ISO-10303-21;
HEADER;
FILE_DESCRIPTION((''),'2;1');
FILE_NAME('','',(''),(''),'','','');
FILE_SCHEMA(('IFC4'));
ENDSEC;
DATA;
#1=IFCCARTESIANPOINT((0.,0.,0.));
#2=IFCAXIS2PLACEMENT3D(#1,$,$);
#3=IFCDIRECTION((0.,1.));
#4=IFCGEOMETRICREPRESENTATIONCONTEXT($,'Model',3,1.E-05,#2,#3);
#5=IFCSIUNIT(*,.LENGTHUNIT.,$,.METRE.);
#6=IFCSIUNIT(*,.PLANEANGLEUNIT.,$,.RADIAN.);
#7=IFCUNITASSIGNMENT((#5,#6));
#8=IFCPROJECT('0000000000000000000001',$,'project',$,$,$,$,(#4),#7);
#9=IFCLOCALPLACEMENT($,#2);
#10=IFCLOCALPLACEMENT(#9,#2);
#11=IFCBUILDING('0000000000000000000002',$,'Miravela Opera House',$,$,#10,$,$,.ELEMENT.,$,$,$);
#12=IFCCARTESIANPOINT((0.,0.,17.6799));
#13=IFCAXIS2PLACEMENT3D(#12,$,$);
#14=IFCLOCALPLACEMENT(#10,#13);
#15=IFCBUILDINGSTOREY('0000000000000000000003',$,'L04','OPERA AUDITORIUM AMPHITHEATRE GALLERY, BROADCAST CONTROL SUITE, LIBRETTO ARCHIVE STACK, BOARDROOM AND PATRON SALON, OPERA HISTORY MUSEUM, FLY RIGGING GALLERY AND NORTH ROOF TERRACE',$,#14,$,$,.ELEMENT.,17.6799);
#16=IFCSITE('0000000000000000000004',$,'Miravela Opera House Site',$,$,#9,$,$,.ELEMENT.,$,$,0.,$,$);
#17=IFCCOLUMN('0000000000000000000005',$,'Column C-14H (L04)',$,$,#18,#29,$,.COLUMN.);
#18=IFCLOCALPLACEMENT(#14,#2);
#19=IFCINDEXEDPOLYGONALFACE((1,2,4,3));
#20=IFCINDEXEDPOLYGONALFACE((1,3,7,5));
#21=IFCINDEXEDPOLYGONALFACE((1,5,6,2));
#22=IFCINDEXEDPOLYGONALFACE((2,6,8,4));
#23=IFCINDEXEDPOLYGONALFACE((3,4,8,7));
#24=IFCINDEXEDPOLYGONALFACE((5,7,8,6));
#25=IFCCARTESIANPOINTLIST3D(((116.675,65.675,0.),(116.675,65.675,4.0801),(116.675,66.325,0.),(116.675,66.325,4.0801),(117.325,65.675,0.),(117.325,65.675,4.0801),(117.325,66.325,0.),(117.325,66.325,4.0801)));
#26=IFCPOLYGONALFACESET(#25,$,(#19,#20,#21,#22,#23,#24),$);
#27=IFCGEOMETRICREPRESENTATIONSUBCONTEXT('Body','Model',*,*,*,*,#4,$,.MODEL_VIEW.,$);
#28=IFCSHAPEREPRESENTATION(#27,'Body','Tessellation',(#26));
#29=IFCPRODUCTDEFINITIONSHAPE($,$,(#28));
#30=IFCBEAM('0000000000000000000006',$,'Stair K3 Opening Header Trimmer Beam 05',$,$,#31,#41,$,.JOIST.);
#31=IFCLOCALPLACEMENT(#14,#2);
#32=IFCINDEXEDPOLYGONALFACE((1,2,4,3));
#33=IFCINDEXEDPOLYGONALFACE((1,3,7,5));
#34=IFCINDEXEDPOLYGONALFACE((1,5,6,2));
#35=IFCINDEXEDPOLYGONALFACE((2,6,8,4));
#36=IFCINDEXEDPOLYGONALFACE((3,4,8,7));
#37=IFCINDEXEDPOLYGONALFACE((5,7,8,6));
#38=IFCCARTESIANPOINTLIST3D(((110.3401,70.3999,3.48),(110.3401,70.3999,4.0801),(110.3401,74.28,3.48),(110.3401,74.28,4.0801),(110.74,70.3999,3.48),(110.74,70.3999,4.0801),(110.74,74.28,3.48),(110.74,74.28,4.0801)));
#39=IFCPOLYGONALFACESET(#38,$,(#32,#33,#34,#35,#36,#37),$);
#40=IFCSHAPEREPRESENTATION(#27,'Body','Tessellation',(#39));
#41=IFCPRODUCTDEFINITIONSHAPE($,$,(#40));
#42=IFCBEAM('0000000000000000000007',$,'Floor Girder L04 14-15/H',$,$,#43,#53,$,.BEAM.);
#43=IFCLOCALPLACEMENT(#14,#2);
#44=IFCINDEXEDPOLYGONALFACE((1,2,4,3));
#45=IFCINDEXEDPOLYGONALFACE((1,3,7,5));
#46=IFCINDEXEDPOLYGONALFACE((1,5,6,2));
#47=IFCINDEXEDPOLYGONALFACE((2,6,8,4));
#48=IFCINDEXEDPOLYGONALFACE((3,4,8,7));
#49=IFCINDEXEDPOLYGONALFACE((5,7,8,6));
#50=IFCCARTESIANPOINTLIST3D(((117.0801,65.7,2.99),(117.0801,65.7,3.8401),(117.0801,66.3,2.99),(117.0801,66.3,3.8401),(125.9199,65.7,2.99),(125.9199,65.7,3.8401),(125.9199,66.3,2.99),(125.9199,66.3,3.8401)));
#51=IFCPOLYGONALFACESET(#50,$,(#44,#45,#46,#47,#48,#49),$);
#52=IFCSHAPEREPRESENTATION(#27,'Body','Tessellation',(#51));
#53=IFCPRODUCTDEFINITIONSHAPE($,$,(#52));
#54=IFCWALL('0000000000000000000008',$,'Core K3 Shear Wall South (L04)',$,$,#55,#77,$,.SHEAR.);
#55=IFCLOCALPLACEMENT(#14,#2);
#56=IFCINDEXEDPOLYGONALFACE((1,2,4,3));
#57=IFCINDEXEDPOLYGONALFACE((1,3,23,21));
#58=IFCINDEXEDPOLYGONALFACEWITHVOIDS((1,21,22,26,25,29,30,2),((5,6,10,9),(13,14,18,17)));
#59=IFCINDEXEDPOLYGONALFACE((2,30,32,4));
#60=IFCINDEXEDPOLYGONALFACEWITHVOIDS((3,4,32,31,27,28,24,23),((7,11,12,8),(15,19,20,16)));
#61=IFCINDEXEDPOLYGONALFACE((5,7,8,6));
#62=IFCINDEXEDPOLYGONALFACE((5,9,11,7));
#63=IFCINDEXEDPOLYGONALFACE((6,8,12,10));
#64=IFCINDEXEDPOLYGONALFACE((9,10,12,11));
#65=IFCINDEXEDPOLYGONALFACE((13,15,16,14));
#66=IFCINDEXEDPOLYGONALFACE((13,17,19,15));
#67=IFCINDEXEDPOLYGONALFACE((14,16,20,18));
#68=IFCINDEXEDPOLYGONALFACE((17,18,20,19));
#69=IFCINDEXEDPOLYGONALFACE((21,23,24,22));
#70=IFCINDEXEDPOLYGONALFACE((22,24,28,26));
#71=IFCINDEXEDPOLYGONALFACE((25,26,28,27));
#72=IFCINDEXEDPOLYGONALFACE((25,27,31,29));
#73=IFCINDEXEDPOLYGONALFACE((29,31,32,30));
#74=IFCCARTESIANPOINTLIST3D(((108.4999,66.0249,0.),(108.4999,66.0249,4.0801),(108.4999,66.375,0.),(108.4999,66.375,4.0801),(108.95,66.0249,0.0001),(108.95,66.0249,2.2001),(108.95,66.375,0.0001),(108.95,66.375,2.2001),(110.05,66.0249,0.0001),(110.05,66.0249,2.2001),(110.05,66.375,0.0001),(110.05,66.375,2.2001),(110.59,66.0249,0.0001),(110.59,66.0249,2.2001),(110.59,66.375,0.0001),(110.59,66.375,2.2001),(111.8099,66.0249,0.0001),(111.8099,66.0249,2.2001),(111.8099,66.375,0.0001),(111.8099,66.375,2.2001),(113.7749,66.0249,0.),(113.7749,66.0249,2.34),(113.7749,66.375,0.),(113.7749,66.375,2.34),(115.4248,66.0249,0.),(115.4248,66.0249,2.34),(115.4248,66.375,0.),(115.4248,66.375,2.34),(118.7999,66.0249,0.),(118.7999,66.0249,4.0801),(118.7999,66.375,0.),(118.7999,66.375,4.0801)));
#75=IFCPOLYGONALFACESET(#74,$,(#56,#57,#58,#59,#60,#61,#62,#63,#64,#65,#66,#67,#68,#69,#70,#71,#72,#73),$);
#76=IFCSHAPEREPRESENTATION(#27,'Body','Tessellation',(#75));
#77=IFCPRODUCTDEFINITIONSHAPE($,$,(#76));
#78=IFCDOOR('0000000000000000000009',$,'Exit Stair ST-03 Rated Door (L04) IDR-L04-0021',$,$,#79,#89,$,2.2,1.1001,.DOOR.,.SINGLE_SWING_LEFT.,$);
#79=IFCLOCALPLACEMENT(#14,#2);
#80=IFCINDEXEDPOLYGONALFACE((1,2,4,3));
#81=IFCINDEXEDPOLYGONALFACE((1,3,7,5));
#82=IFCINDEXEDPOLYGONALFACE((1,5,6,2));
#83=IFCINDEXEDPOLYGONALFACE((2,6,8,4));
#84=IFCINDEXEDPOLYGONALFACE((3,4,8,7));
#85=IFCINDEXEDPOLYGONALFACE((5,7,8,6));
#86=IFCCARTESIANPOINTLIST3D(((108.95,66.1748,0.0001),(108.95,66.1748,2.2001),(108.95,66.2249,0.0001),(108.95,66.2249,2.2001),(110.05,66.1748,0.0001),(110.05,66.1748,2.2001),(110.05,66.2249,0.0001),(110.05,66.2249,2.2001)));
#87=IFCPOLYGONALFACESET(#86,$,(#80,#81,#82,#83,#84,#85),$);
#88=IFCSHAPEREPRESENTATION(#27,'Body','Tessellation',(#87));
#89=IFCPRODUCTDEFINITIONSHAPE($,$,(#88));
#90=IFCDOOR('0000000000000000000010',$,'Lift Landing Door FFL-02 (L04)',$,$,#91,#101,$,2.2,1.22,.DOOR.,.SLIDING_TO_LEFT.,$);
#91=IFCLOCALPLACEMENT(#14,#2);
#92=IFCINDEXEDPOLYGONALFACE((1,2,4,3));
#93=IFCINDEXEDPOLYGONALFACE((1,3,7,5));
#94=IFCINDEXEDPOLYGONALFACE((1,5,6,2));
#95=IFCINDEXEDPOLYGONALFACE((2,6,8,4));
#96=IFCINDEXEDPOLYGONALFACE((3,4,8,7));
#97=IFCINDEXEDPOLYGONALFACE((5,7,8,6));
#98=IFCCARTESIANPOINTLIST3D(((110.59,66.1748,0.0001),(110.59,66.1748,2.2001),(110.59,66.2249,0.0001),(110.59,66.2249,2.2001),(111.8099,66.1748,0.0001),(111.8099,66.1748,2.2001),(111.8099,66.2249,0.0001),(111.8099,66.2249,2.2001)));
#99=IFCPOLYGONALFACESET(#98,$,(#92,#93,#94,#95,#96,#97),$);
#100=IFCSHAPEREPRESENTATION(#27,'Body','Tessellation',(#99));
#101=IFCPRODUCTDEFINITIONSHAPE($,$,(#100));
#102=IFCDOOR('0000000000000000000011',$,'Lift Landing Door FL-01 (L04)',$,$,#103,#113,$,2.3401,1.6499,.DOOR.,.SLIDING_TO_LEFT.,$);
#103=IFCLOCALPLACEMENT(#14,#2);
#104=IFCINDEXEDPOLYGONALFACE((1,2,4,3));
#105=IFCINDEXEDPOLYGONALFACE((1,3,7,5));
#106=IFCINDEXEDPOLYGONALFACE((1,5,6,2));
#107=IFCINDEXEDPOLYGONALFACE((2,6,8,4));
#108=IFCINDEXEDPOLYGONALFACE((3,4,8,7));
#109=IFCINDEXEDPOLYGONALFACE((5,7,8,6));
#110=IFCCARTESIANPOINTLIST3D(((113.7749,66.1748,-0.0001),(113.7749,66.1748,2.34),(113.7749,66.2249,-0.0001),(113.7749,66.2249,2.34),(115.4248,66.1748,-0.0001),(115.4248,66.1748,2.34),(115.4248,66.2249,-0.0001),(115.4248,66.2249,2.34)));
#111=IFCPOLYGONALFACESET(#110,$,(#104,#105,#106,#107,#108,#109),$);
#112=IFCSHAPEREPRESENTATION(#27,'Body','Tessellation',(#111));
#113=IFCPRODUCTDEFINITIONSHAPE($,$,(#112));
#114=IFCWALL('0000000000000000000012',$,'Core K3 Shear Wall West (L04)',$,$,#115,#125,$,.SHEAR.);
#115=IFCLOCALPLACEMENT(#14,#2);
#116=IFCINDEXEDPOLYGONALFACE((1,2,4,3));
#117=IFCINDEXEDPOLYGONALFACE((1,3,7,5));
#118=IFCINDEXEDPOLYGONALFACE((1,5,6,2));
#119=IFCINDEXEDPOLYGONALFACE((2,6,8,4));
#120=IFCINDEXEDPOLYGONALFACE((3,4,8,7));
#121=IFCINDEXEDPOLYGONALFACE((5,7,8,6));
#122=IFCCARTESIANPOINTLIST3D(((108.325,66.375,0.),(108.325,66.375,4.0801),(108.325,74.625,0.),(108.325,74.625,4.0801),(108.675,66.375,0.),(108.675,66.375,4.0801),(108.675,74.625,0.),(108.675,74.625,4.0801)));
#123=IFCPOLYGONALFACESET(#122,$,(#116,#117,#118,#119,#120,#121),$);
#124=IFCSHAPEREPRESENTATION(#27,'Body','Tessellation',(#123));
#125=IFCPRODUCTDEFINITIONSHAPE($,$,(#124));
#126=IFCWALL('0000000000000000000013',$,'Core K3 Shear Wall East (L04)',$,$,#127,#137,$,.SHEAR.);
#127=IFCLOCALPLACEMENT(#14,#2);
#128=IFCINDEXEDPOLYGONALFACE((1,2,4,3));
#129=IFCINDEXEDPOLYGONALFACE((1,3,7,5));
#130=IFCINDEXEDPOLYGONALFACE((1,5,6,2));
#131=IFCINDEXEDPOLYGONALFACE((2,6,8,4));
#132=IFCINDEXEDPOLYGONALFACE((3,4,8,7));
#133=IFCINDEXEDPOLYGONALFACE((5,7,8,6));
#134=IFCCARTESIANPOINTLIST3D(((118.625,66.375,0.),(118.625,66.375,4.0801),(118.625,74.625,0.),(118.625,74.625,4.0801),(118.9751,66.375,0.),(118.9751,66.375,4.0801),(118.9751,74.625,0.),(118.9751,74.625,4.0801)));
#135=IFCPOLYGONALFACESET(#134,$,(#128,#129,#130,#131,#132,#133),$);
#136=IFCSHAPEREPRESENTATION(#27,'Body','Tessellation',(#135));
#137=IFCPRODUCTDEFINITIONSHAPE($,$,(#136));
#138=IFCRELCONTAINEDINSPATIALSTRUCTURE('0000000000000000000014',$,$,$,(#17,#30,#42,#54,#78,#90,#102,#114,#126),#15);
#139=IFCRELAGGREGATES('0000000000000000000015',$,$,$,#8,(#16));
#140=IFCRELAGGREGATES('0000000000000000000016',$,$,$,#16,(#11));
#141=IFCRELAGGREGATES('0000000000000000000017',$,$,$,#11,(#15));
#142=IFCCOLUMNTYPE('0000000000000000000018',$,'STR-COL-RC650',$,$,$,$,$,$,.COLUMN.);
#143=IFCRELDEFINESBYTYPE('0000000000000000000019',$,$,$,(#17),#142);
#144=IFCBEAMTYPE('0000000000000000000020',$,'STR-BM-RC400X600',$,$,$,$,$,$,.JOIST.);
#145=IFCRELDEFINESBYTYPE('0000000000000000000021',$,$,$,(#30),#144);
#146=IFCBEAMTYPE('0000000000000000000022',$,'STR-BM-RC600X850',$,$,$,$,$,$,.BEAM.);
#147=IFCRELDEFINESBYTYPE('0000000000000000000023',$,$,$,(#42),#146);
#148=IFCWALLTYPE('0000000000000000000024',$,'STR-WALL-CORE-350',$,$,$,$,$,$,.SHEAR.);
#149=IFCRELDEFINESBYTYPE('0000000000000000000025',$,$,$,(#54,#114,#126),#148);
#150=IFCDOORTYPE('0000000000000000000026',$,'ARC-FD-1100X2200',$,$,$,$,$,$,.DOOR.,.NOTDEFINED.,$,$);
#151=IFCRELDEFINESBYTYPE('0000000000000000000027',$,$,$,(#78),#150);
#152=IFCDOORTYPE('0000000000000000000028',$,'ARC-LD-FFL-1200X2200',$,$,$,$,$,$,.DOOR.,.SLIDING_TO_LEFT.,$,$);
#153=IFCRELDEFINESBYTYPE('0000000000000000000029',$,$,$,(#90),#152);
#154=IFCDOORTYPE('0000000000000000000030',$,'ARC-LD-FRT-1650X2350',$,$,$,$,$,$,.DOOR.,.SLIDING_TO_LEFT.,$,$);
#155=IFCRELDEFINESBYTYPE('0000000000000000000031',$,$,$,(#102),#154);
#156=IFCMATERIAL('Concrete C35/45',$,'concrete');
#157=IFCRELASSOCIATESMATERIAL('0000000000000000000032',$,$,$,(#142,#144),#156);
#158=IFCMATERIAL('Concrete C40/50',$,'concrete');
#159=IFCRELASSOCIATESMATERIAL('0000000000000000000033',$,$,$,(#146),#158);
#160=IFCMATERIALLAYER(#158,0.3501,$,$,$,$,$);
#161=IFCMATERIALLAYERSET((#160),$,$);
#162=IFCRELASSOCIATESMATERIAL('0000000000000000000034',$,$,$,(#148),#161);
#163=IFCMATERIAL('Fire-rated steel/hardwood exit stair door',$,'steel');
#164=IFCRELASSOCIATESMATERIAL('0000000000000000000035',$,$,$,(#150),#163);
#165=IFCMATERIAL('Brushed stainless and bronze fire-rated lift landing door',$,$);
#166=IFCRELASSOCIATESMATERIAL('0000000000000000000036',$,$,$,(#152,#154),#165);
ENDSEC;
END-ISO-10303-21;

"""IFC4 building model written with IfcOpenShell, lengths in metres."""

from ifc_helpers import new_model, si_unit, direction, frame, frame_2d, origin, origin_2d, place, context, subcontext, project, spatial, rectangle, extrude, material, layer, layer_set, material_profile, profile_set, type_object, element, fill, save


model = new_model("IFC4")

# Units and contexts
model_context = context("Model", 3, precision=1e-05, world=origin(), true_north=direction((0.0, 1.0)))
body_context = subcontext(model_context, "Body", "Model", "MODEL_VIEW")
ifc_project = project(units=[si_unit("LENGTHUNIT", "METRE"), si_unit("PLANEANGLEUNIT", "RADIAN")], contexts=[model_context])

# Site, building, storey
site_placement = place(None, origin())
site = spatial("IfcSite", under=ifc_project, at=site_placement, Name="Miravela Opera House Site", CompositionType="ELEMENT", RefElevation=0.0)
building_placement = place(site_placement, origin())
building = spatial("IfcBuilding", under=site, at=building_placement, Name="Miravela Opera House", CompositionType="ELEMENT")
storey_placement = place(building_placement, frame((0.0, 0.0, 17.6799)))
storey = spatial("IfcBuildingStorey", under=building, at=storey_placement, Name="L04", Description="OPERA AUDITORIUM AMPHITHEATRE GALLERY, BROADCAST CONTROL SUITE, LIBRETTO ARCHIVE STACK, BOARDROOM AND PATRON SALON, OPERA HISTORY MUSEUM, FLY RIGGING GALLERY AND NORTH ROOF TERRACE", CompositionType="ELEMENT", Elevation=17.6799)

# Column
ifc_material_1 = material(Name="Concrete C35/45", Category="concrete")
ifc_material_profile_1 = material_profile(ifc_material_1, rectangle(XDim=0.6499, YDim=0.6499, at=origin_2d()), Name="RC-COL-650X650")
ifc_profile_set_1 = profile_set([ifc_material_profile_1])
column_type_1 = type_object("IfcColumnType", Name="STR-COL-RC650", PredefinedType="COLUMN", material=ifc_profile_set_1)
column_placement = place(storey_placement, frame((117.0, 66.0, 0.0), z_axis=(0.0, 0.0, 1.0), x_axis=(1.0, 0.0, 0.0)))
element("IfcColumn", 1, at=column_placement, inside=storey, type_object=column_type_1, Name="Column C-14H (L04)", PredefinedType="COLUMN", context=body_context, shape_type="SweptSolid", body=[
    extrude(rectangle(XDim=0.6499, YDim=0.6499, at=origin_2d()), origin(), (0.0, 0.0, 1.0), 4.0801),
])

# Beams
ifc_material_profile_2 = material_profile(ifc_material_1, rectangle(XDim=0.3999, YDim=0.6001, at=origin_2d()), Name="RC-BM-400X600")
ifc_profile_set_2 = profile_set([ifc_material_profile_2])
beam_type_1 = type_object("IfcBeamType", Name="STR-BM-RC400X600", PredefinedType="JOIST", material=ifc_profile_set_2)
beam_1_placement = place(storey_placement, frame((110.54, 70.3999, 3.78), z_axis=(0.0, 1.0, 0.0), x_axis=(-1.0, 0.0, 0.0)))
element("IfcBeam", 2, at=beam_1_placement, inside=storey, type_object=beam_type_1, Name="Stair K3 Opening Header Trimmer Beam 05", PredefinedType="JOIST", context=body_context, shape_type="SweptSolid", body=[
    extrude(rectangle(XDim=0.3999, YDim=0.6001, at=origin_2d()), origin(), (0.0, 0.0, 1.0), 3.8801),
])
ifc_material_2 = material(Name="Concrete C40/50", Category="concrete")
ifc_material_profile_3 = material_profile(ifc_material_2, rectangle(XDim=0.6001, YDim=0.8501, at=origin_2d()), Name="RC-BM-600X850")
ifc_profile_set_3 = profile_set([ifc_material_profile_3])
beam_type_2 = type_object("IfcBeamType", Name="STR-BM-RC600X850", PredefinedType="BEAM", material=ifc_profile_set_3)
beam_2_placement = place(storey_placement, frame((117.0801, 66.0, 3.415), z_axis=(1.0, 0.0, 0.0), x_axis=(0.0, 1.0, 0.0)))
element("IfcBeam", 3, at=beam_2_placement, inside=storey, type_object=beam_type_2, Name="Floor Girder L04 14-15/H", PredefinedType="BEAM", context=body_context, shape_type="SweptSolid", body=[
    extrude(rectangle(XDim=0.6001, YDim=0.8501, at=origin_2d()), origin(), (0.0, 0.0, 1.0), 8.8398),
])

# Wall, openings, doors
ifc_layer = layer(ifc_material_2, 0.3501)
ifc_layer_set = layer_set([ifc_layer])
wall_type = type_object("IfcWallType", Name="STR-WALL-CORE-350", PredefinedType="SHEAR", material=ifc_layer_set)
wall_placement = place(storey_placement, frame((108.5, 66.2, 0.0), z_axis=(0.0, 0.0, 1.0), x_axis=(1.0, 0.0, 0.0)))
wall = element("IfcWall", 4, at=wall_placement, inside=storey, type_object=wall_type, Name="Core K3 Shear Wall South (L04)", PredefinedType="SHEAR", context=body_context, shape_type="SweptSolid", body=[
    extrude(rectangle(XDim=10.3, YDim=0.3501, at=frame_2d((5.1499, 0.0))), origin(), (0.0, 0.0, 1.0), 4.0801),
])
opening_1_placement = place(wall_placement, frame((0.45, 0.0, 0.0)))
opening_1 = element("IfcOpeningElement", 5, at=opening_1_placement, cuts=wall, PredefinedType="OPENING", context=body_context, shape_type="SweptSolid", body=[
    extrude(rectangle(XDim=1.1001, YDim=2.2, at=frame_2d((0.55, 1.1001))), frame((0.0, 0.1851, 0.0), z_axis=(0.0, -1.0, 0.0), x_axis=(1.0, 0.0, 0.0)), (0.0, 0.0, 1.0), 0.3701),
])
opening_2_placement = place(wall_placement, frame((2.0901, 0.0, 0.0)))
opening_2 = element("IfcOpeningElement", 6, at=opening_2_placement, cuts=wall, PredefinedType="OPENING", context=body_context, shape_type="SweptSolid", body=[
    extrude(rectangle(XDim=1.22, YDim=2.2, at=frame_2d((0.6099, 1.1001))), frame((0.0, 0.1851, 0.0), z_axis=(0.0, -1.0, 0.0), x_axis=(1.0, 0.0, 0.0)), (0.0, 0.0, 1.0), 0.3701),
])
opening_3_placement = place(wall_placement, frame((5.2749, 0.0, 0.0)))
opening_3 = element("IfcOpeningElement", 7, at=opening_3_placement, cuts=wall, PredefinedType="OPENING", context=body_context, shape_type="SweptSolid", body=[
    extrude(rectangle(XDim=1.6499, YDim=2.3401, at=frame_2d((0.825, 1.1699))), frame((0.0, 0.1851, 0.0), z_axis=(0.0, -1.0, 0.0), x_axis=(1.0, 0.0, 0.0)), (0.0, 0.0, 1.0), 0.3701),
])
ifc_material_3 = material(Name="Fire-rated steel/hardwood exit stair door", Category="steel")
door_type_1 = type_object("IfcDoorType", Name="ARC-FD-1100X2200", OperationType="NOTDEFINED", PredefinedType="DOOR", material=ifc_material_3)
door_1_placement = place(opening_1_placement, origin())
door_1 = element("IfcDoor", 8, at=door_1_placement, inside=storey, type_object=door_type_1, Name="Exit Stair ST-03 Rated Door (L04) IDR-L04-0021", OperationType="SINGLE_SWING_LEFT", OverallHeight=2.2, OverallWidth=1.1001, PredefinedType="DOOR", context=body_context, shape_type="SweptSolid", body=[
    extrude(rectangle(XDim=1.1001, YDim=2.2, at=frame_2d((0.55, 1.1001))), frame((0.0, 0.0249, 0.0), z_axis=(0.0, -1.0, 0.0), x_axis=(1.0, 0.0, 0.0)), (0.0, 0.0, 1.0), 0.05),
])
fill(opening_1, door_1)
ifc_material_4 = material(Name="Brushed stainless and bronze fire-rated lift landing door")
door_type_2 = type_object("IfcDoorType", Name="ARC-LD-FFL-1200X2200", OperationType="SLIDING_TO_LEFT", PredefinedType="DOOR", material=ifc_material_4)
door_2_placement = place(opening_2_placement, origin())
door_2 = element("IfcDoor", 9, at=door_2_placement, inside=storey, type_object=door_type_2, Name="Lift Landing Door FFL-02 (L04)", OperationType="SLIDING_TO_LEFT", OverallHeight=2.2, OverallWidth=1.22, PredefinedType="DOOR", context=body_context, shape_type="SweptSolid", body=[
    extrude(rectangle(XDim=1.22, YDim=2.2, at=frame_2d((0.6099, 1.1001))), frame((0.0, 0.0249, 0.0), z_axis=(0.0, -1.0, 0.0), x_axis=(1.0, 0.0, 0.0)), (0.0, 0.0, 1.0), 0.05),
])
fill(opening_2, door_2)
door_type_3 = type_object("IfcDoorType", Name="ARC-LD-FRT-1650X2350", OperationType="SLIDING_TO_LEFT", PredefinedType="DOOR", material=ifc_material_4)
door_3_placement = place(opening_3_placement, origin())
door_3 = element("IfcDoor", 10, at=door_3_placement, inside=storey, type_object=door_type_3, Name="Lift Landing Door FL-01 (L04)", OperationType="SLIDING_TO_LEFT", OverallHeight=2.3401, OverallWidth=1.6499, PredefinedType="DOOR", context=body_context, shape_type="SweptSolid", body=[
    extrude(rectangle(XDim=1.6499, YDim=2.3401, at=frame_2d((0.825, 1.1699))), frame((0.0, 0.0249, 0.0), z_axis=(0.0, -1.0, 0.0), x_axis=(1.0, 0.0, 0.0)), (0.0, 0.0, 1.0), 0.05),
])
fill(opening_3, door_3)

# Walls
for number, where, z_axis, x_axis, name in (
    (11, (108.5, 66.375, 0.0), (0.0, 0.0, 1.0), (0.0, 1.0, 0.0), "Core K3 Shear Wall West (L04)"),
    (12, (118.8, 66.375, 0.0), (0.0, 0.0, 1.0), (0.0, 1.0, 0.0), "Core K3 Shear Wall East (L04)"),
):
    element("IfcWall", number, at=place(storey_placement, frame(where, z_axis=z_axis, x_axis=x_axis)), inside=storey, type_object=wall_type, Name=name, PredefinedType="SHEAR", context=body_context, shape_type="SweptSolid", body=[
        extrude(rectangle(XDim=8.25, YDim=0.3501, at=frame_2d((4.125, 0.0))), origin(), (0.0, 0.0, 1.0), 4.0801),
    ])

save(model, "model.ifc")
